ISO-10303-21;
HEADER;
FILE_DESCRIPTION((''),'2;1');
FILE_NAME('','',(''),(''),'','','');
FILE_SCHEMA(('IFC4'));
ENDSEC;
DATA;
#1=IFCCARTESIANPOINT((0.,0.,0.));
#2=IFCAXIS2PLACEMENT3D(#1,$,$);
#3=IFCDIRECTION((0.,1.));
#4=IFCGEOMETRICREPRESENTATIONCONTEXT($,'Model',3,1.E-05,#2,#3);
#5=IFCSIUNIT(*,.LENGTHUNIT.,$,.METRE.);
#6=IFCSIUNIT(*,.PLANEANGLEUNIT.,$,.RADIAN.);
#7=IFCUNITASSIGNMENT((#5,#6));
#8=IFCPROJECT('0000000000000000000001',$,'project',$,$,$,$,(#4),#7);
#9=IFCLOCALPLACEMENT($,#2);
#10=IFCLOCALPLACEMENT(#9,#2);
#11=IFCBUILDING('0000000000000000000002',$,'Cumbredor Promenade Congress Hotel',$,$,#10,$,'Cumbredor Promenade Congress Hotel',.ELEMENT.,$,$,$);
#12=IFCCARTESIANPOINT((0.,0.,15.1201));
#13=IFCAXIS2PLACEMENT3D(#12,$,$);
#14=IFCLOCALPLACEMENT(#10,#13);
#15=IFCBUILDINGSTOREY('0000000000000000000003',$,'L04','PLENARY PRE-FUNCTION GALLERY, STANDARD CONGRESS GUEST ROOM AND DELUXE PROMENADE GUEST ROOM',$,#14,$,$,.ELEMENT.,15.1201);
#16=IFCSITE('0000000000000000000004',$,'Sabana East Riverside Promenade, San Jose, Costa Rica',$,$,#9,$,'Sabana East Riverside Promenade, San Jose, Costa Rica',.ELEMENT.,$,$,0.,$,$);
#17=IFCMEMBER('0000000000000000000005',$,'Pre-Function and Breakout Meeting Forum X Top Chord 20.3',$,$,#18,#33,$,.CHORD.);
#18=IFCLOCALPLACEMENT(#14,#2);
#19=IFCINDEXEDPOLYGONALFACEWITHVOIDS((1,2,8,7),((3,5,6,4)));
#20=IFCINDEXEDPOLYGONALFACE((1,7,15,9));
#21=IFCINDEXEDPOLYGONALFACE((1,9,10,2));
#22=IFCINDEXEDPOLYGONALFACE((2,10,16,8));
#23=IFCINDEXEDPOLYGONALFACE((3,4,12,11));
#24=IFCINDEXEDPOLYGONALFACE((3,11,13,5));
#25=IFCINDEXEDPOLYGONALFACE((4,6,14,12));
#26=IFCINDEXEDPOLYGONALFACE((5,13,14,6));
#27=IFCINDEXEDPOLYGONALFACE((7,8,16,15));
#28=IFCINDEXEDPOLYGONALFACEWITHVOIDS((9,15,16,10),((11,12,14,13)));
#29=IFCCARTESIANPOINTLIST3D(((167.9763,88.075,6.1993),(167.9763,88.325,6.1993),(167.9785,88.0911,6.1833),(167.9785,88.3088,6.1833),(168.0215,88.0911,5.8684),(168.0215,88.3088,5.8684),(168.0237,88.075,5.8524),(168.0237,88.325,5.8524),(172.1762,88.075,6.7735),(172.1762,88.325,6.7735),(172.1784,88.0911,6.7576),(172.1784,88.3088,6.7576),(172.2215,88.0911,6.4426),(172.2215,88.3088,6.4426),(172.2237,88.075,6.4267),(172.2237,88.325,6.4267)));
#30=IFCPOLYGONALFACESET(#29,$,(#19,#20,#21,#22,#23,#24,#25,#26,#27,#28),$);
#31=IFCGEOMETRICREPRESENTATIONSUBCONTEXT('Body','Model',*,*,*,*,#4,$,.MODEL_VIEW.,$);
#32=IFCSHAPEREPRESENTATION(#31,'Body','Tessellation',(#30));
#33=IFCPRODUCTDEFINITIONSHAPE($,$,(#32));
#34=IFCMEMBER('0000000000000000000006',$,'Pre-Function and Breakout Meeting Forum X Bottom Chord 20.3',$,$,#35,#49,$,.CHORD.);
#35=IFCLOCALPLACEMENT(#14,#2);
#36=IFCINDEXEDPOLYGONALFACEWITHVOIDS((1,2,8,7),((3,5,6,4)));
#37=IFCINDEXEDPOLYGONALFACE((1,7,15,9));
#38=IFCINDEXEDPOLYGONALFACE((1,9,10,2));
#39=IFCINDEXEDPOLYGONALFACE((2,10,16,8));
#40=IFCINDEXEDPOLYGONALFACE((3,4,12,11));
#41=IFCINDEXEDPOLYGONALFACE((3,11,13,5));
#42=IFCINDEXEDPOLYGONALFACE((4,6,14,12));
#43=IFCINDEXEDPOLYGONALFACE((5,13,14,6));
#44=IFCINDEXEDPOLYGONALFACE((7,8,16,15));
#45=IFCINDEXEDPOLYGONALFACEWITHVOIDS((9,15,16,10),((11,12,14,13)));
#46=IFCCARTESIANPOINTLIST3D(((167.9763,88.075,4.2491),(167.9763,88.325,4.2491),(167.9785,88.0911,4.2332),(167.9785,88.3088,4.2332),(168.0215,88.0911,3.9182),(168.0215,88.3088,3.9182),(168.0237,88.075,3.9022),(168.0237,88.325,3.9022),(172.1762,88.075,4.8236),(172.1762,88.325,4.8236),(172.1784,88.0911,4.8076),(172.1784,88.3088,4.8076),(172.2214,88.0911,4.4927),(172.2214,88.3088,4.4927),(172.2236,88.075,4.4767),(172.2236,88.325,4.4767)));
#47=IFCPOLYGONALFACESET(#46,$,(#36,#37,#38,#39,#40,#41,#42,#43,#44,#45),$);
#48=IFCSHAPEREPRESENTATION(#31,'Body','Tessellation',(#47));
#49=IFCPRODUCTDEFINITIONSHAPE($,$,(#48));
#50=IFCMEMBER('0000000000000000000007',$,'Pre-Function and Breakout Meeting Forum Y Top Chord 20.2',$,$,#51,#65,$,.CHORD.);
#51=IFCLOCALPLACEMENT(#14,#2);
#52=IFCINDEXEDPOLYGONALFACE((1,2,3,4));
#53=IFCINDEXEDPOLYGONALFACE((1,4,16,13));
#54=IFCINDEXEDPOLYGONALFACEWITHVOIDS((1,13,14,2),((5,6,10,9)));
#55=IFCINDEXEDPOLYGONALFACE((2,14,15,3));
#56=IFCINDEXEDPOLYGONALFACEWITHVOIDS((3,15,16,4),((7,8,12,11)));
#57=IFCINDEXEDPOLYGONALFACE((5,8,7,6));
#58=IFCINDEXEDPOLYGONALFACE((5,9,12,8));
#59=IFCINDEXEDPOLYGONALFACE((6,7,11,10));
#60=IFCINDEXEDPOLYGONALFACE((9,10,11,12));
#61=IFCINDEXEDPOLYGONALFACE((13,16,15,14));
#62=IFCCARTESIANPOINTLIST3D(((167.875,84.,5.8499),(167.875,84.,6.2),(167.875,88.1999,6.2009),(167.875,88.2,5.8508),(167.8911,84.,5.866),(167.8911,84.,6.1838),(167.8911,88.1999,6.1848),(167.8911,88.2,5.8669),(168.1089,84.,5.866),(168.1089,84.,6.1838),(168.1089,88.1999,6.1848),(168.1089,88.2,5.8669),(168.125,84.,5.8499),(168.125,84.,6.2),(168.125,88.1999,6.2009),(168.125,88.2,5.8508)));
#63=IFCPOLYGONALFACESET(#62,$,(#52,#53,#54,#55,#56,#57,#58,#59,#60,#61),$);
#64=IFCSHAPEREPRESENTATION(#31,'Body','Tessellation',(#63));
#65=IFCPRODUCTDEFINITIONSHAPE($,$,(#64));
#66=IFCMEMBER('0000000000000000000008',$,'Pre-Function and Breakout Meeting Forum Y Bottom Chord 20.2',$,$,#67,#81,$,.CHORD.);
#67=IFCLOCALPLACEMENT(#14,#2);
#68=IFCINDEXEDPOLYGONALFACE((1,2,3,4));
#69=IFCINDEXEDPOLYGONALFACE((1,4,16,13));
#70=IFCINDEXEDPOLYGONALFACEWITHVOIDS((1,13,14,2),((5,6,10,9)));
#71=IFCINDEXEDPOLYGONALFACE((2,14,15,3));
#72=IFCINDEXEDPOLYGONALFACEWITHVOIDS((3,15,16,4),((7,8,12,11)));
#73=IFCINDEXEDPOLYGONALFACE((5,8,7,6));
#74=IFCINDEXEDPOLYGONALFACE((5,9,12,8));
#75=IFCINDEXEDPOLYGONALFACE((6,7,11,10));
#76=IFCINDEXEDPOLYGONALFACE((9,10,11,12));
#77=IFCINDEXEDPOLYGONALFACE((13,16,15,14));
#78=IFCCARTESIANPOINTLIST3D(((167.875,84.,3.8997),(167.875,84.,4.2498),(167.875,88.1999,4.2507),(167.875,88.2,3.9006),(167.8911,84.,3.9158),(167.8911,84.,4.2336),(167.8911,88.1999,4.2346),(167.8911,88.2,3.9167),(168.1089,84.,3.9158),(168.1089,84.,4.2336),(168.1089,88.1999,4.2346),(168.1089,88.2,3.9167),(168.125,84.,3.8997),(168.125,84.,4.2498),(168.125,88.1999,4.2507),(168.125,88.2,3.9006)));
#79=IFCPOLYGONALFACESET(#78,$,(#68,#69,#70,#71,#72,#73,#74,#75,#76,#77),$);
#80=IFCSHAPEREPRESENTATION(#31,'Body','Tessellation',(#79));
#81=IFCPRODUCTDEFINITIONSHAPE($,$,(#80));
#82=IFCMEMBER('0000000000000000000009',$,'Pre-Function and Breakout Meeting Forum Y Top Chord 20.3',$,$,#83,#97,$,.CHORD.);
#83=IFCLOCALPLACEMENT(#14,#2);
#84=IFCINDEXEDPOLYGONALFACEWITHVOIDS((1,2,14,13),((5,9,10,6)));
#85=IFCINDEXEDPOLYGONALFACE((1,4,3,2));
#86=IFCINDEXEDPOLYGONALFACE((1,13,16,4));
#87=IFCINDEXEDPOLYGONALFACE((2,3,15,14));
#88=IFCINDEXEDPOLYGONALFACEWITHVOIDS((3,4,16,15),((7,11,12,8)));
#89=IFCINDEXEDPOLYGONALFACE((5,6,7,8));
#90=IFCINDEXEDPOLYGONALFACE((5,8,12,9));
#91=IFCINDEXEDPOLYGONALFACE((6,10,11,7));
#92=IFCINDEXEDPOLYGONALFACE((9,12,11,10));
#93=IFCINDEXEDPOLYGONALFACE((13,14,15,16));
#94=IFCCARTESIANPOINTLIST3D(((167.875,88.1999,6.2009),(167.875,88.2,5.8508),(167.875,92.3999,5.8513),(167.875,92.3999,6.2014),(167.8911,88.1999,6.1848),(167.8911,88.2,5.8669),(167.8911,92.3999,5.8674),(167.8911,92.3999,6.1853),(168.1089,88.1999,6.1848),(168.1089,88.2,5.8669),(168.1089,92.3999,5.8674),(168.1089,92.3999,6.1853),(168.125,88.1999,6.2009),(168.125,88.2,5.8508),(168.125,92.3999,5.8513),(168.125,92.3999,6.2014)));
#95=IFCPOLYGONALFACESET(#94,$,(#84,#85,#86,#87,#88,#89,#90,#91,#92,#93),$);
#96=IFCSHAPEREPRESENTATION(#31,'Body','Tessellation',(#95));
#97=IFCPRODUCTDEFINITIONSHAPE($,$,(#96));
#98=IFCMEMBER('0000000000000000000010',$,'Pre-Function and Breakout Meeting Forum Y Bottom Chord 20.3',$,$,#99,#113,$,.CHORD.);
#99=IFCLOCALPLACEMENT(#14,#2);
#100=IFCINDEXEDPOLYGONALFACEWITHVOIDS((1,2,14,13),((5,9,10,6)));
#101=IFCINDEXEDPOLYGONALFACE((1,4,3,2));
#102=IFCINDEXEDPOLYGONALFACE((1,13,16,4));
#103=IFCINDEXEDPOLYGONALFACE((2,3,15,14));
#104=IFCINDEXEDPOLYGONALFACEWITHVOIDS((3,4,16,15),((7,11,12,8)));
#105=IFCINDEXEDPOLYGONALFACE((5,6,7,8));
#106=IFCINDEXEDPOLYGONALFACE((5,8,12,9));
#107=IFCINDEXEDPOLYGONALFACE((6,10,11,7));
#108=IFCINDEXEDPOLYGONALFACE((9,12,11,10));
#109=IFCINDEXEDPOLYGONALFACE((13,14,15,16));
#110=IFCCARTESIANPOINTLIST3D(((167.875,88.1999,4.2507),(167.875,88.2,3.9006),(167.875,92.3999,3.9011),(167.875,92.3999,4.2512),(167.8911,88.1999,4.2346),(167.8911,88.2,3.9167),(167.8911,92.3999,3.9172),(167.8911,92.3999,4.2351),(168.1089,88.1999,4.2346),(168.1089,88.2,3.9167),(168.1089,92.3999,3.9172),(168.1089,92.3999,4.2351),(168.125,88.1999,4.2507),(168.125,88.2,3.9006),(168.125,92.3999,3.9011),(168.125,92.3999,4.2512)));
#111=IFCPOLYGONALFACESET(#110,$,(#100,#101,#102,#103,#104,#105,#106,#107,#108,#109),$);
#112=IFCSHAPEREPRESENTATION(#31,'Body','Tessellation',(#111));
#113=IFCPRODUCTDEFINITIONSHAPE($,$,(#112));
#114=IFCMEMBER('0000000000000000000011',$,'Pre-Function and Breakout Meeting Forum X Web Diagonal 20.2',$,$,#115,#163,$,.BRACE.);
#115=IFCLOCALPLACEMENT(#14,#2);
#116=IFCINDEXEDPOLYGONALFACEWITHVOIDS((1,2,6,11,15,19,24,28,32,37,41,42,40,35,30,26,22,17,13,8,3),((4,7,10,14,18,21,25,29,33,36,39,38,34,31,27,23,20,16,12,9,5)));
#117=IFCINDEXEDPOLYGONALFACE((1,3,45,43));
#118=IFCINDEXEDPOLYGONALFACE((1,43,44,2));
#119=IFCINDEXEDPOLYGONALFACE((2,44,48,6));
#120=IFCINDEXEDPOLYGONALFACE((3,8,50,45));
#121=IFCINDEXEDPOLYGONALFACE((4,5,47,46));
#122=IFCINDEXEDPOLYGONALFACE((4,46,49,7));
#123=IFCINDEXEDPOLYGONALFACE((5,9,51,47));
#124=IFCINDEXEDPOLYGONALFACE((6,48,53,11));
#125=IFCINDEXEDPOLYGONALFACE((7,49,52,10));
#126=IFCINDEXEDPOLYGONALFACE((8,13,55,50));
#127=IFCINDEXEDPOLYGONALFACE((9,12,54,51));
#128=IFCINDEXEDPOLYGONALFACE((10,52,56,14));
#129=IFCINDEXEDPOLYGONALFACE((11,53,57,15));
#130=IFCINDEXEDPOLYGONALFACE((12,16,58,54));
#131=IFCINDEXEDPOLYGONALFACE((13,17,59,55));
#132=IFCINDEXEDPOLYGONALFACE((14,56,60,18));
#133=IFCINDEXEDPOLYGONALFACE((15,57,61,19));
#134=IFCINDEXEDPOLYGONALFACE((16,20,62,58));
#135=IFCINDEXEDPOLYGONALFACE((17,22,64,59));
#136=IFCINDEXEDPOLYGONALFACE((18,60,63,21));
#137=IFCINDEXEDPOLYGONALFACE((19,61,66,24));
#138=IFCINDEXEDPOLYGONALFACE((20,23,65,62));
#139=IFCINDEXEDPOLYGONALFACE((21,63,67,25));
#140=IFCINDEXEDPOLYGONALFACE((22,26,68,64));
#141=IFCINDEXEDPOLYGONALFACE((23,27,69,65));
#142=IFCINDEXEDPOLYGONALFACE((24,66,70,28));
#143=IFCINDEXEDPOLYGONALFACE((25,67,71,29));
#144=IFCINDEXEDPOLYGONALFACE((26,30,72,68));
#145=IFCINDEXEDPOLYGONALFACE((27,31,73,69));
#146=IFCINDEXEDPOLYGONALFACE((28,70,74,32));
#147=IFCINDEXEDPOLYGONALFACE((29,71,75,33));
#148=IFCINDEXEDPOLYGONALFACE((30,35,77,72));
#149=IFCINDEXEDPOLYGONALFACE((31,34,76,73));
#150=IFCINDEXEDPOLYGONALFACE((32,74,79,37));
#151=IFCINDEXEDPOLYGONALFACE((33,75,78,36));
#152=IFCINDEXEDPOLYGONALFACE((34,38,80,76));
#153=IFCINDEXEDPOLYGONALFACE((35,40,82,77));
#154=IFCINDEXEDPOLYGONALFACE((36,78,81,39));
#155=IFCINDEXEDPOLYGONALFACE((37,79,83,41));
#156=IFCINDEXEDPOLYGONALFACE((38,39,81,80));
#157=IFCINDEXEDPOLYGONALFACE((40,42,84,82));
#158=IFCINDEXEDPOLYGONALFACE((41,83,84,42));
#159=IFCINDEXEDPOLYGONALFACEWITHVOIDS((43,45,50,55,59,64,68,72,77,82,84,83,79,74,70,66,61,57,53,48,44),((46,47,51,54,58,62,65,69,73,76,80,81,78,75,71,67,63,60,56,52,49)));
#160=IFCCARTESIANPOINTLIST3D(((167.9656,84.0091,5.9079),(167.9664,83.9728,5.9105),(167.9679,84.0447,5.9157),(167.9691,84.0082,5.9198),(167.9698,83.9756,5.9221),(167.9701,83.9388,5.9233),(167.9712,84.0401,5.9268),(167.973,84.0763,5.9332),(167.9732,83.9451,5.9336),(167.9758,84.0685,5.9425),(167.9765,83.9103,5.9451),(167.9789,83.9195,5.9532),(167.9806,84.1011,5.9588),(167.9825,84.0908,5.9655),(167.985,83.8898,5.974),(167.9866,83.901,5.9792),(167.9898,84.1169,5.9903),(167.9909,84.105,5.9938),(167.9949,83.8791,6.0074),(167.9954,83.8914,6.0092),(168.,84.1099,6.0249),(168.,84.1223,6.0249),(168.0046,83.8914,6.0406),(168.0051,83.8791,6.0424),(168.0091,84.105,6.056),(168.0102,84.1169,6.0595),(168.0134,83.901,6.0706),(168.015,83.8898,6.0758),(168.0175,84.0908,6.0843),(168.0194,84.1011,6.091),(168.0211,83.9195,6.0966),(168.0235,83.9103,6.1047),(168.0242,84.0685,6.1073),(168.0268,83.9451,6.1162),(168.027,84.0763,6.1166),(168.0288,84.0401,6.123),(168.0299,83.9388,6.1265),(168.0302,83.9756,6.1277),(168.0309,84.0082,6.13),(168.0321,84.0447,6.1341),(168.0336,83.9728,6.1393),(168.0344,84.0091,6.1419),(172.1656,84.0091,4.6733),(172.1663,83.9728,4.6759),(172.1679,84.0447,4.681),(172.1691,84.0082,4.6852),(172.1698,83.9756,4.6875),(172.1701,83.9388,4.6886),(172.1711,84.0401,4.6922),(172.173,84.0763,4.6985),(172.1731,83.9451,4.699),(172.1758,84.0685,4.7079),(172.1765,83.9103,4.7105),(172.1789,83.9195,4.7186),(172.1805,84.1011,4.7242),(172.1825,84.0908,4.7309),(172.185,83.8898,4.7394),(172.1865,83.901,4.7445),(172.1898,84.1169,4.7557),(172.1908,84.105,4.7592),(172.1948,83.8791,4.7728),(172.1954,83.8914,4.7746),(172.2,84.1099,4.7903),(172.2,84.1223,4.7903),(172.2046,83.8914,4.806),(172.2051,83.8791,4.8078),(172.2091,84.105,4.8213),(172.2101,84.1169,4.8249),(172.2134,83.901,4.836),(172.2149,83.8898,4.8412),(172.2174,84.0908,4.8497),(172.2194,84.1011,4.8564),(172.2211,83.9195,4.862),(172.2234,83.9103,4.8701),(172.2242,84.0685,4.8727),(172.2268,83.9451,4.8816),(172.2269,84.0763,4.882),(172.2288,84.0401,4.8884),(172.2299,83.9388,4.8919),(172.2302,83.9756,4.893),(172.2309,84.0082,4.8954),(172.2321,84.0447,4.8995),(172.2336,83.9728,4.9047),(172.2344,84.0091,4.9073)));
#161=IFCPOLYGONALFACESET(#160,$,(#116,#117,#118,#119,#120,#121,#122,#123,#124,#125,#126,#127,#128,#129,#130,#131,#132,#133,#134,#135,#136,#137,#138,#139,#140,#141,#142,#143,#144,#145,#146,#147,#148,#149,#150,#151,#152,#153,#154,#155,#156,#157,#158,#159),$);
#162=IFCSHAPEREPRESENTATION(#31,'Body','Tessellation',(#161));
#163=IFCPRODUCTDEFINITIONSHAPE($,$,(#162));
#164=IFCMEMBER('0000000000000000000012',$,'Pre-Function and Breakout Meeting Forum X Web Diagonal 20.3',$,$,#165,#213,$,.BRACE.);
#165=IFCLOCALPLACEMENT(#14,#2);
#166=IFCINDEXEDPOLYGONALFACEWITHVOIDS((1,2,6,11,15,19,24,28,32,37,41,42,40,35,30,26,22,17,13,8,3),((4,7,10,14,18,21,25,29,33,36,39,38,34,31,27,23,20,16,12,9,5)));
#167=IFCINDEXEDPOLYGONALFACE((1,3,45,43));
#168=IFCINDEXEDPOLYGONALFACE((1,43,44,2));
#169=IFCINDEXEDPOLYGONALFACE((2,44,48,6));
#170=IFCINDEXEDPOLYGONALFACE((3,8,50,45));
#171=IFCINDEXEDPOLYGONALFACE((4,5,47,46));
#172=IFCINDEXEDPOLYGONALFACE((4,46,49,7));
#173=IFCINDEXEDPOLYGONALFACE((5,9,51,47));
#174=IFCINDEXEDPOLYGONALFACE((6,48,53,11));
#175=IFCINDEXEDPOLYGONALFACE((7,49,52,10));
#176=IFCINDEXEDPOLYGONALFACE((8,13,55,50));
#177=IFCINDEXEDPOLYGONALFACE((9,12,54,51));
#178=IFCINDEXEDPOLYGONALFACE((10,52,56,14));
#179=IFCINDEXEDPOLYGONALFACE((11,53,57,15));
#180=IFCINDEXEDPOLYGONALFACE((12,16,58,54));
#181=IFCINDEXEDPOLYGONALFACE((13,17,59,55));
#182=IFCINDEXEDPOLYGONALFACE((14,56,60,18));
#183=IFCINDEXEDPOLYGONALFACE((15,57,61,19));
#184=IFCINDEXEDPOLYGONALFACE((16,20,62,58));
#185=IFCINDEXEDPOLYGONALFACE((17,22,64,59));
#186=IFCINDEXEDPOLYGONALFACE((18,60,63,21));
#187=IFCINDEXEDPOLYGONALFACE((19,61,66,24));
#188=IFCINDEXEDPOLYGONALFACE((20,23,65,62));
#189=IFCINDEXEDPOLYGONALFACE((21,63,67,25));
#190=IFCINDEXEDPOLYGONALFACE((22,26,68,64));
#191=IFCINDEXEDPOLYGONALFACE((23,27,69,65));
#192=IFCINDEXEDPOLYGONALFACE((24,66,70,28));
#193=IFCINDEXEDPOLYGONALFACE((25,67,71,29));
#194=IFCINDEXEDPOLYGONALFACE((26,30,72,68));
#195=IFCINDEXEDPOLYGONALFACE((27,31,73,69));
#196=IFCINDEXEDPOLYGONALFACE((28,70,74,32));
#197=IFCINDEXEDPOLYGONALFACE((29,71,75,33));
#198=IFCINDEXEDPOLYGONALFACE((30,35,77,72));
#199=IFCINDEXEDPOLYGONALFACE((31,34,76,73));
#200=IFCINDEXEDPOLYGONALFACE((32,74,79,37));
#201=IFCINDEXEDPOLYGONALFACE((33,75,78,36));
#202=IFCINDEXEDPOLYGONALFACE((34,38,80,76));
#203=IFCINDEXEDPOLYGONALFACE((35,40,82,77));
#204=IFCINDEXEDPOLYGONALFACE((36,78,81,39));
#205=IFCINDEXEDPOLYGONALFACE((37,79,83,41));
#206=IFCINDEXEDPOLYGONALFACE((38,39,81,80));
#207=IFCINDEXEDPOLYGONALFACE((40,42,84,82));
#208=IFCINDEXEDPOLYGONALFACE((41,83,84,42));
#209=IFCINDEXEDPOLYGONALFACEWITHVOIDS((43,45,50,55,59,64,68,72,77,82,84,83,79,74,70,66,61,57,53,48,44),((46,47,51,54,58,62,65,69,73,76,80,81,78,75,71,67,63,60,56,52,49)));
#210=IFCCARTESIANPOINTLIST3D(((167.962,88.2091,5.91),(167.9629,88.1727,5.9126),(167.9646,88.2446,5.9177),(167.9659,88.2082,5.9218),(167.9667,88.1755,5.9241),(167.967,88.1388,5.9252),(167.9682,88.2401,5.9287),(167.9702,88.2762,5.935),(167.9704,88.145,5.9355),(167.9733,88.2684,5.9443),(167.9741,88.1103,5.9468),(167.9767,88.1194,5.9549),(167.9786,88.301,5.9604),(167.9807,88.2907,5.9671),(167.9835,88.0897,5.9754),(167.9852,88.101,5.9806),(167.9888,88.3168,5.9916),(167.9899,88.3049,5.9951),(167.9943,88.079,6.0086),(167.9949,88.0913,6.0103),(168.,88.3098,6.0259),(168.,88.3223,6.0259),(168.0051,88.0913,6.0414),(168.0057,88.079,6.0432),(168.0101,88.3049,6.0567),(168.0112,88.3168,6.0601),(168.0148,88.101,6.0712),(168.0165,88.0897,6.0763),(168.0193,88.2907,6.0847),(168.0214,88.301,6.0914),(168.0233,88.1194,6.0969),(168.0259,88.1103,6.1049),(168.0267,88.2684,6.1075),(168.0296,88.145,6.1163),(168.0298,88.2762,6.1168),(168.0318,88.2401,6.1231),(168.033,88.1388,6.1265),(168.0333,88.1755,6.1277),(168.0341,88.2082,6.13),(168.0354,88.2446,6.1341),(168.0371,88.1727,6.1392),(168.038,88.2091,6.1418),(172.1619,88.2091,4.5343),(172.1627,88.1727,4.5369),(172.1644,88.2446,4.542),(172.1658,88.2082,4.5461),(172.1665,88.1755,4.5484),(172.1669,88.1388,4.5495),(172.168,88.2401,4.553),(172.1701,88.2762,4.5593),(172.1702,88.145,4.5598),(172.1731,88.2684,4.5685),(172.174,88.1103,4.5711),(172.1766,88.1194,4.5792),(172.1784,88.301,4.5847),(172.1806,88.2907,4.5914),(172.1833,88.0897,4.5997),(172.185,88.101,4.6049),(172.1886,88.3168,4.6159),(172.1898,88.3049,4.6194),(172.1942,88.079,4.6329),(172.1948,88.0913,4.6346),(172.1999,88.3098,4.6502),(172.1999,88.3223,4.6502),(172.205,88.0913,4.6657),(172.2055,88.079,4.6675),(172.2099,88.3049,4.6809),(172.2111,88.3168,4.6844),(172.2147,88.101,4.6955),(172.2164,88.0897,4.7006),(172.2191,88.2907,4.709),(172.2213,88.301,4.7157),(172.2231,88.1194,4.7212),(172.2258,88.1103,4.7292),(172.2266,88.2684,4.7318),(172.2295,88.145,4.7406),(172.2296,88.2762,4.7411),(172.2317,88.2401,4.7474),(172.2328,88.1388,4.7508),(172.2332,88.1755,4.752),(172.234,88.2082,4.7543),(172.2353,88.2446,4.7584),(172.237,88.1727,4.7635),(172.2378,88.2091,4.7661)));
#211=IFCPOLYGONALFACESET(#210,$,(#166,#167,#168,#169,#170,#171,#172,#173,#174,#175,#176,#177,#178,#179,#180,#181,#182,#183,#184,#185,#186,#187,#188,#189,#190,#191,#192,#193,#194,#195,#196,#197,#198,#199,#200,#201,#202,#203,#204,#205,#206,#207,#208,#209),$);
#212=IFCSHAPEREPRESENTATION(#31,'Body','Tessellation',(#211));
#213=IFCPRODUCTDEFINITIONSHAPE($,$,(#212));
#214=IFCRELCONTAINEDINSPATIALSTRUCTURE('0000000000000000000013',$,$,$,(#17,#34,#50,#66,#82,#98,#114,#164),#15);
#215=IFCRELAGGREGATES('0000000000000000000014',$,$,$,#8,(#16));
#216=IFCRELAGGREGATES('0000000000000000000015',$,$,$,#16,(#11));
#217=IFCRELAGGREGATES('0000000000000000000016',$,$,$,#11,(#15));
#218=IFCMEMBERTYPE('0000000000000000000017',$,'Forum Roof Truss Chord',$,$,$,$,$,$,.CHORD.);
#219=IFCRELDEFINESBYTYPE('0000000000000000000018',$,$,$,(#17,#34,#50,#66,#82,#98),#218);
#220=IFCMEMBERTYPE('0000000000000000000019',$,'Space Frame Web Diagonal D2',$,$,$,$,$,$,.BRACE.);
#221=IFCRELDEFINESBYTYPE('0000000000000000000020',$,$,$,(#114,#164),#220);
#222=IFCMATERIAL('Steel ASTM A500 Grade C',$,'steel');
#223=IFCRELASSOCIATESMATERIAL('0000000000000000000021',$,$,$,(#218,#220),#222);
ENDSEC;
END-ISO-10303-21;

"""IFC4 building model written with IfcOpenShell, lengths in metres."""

from ifc_helpers import new_model, si_unit, direction, frame, origin, origin_2d, place, context, subcontext, project, spatial, hollow_rectangle, hollow_circle, extrude, material, material_profile, profile_set, type_object, element, save


model = new_model("IFC4")

# Units and contexts
model_context = context("Model", 3, precision=1e-05, world=origin(), true_north=direction((0.0, 1.0)))
body_context = subcontext(model_context, "Body", "Model", "MODEL_VIEW")
ifc_project = project(units=[si_unit("LENGTHUNIT", "METRE"), si_unit("PLANEANGLEUNIT", "RADIAN")], contexts=[model_context])

# Site, building, storey
site_placement = place(None, origin())
site = spatial("IfcSite", under=ifc_project, at=site_placement, Name="Sabana East Riverside Promenade, San Jose, Costa Rica", LongName="Sabana East Riverside Promenade, San Jose, Costa Rica", CompositionType="ELEMENT", RefElevation=0.0)
building_placement = place(site_placement, origin())
building = spatial("IfcBuilding", under=site, at=building_placement, Name="Cumbredor Promenade Congress Hotel", LongName="Cumbredor Promenade Congress Hotel", CompositionType="ELEMENT")
storey_placement = place(building_placement, frame((0.0, 0.0, 15.1201)))
storey = spatial("IfcBuildingStorey", under=building, at=storey_placement, Name="L04", Description="PLENARY PRE-FUNCTION GALLERY, STANDARD CONGRESS GUEST ROOM AND DELUXE PROMENADE GUEST ROOM", CompositionType="ELEMENT", Elevation=15.1201)

# Members
ifc_material_1 = material(Name="Steel ASTM A500 Grade C", Category="steel")
ifc_material_profile_1 = material_profile(ifc_material_1, hollow_rectangle(XDim=0.25, YDim=0.3501, WallThickness=0.0161, at=origin_2d()), Name="HSS 350x250x16")
ifc_profile_set_1 = profile_set([ifc_material_profile_1], Name="Steel ASTM A500 Grade C")
member_type_1 = type_object("IfcMemberType", Name="Forum Roof Truss Chord", PredefinedType="CHORD", material=ifc_profile_set_1)
for number, where, z_axis, x_axis, name in (
    (1, (168.0, 88.2, 6.0259), (0.990783, 0.0, 0.13546), (0.0, 1.0, 0.0), "Pre-Function and Breakout Meeting Forum X Top Chord 20.3"),
    (2, (168.0, 88.2, 4.0757), (0.990775, 0.0, 0.135517), (0.0, 1.0, 0.0), "Pre-Function and Breakout Meeting Forum X Bottom Chord 20.3"),
):
    element("IfcMember", number, at=place(storey_placement, frame(where, z_axis=z_axis, x_axis=x_axis)), inside=storey, type_object=member_type_1, Name=name, PredefinedType="CHORD", context=body_context, shape_type="SweptSolid", body=[
        extrude(hollow_rectangle(XDim=0.25, YDim=0.3501, WallThickness=0.0161, at=origin_2d()), origin(), (0.0, 0.0, 1.0), 4.239),
    ])
for number, where, z_axis, x_axis, name in (
    (3, (168.0, 84.0, 6.0249), (0.0, 1.0, 0.000233), (-1.0, 0.0, 0.0), "Pre-Function and Breakout Meeting Forum Y Top Chord 20.2"),
    (4, (168.0, 84.0, 4.0747), (0.0, 1.0, 0.000233), (-1.0, 0.0, 0.0), "Pre-Function and Breakout Meeting Forum Y Bottom Chord 20.2"),
    (5, (168.0, 88.2, 6.0259), (0.0, 1.0, 0.000116), (-1.0, 0.0, 0.0), "Pre-Function and Breakout Meeting Forum Y Top Chord 20.3"),
    (6, (168.0, 88.2, 4.0757), (0.0, 1.0, 0.000116), (-1.0, 0.0, 0.0), "Pre-Function and Breakout Meeting Forum Y Bottom Chord 20.3"),
):
    element("IfcMember", number, at=place(storey_placement, frame(where, z_axis=z_axis, x_axis=x_axis)), inside=storey, type_object=member_type_1, Name=name, PredefinedType="CHORD", context=body_context, shape_type="SweptSolid", body=[
        extrude(hollow_rectangle(XDim=0.25, YDim=0.3501, WallThickness=0.0161, at=origin_2d()), origin(), (0.0, 0.0, 1.0), 4.2),
    ])
ifc_material_profile_2 = material_profile(ifc_material_1, hollow_circle(Radius=0.1223, WallThickness=0.0125, at=origin_2d()), Name="CHS 244.5x12.5")
ifc_profile_set_2 = profile_set([ifc_material_profile_2], Name="Steel ASTM A500 Grade C")
member_type_2 = type_object("IfcMemberType", Name="Space Frame Web Diagonal D2", PredefinedType="BRACE", material=ifc_profile_set_2)
member_1_placement = place(storey_placement, frame((168.0, 84.0, 6.0249), z_axis=(0.959406, 0.0, -0.282027), x_axis=(0.0, 1.0, 0.0)))
element("IfcMember", 7, at=member_1_placement, inside=storey, type_object=member_type_2, Name="Pre-Function and Breakout Meeting Forum X Web Diagonal 20.2", PredefinedType="BRACE", context=body_context, shape_type="SweptSolid", body=[
    extrude(hollow_circle(Radius=0.1223, WallThickness=0.0125, at=origin_2d()), origin(), (0.0, 0.0, 1.0), 4.3777),
])
member_2_placement = place(storey_placement, frame((168.0, 88.2, 6.0259), z_axis=(0.950317, 0.0, -0.311285), x_axis=(0.0, 1.0, 0.0)))
element("IfcMember", 8, at=member_2_placement, inside=storey, type_object=member_type_2, Name="Pre-Function and Breakout Meeting Forum X Web Diagonal 20.3", PredefinedType="BRACE", context=body_context, shape_type="SweptSolid", body=[
    extrude(hollow_circle(Radius=0.1223, WallThickness=0.0125, at=origin_2d()), origin(), (0.0, 0.0, 1.0), 4.4194),
])

save(model, "model.ifc")
